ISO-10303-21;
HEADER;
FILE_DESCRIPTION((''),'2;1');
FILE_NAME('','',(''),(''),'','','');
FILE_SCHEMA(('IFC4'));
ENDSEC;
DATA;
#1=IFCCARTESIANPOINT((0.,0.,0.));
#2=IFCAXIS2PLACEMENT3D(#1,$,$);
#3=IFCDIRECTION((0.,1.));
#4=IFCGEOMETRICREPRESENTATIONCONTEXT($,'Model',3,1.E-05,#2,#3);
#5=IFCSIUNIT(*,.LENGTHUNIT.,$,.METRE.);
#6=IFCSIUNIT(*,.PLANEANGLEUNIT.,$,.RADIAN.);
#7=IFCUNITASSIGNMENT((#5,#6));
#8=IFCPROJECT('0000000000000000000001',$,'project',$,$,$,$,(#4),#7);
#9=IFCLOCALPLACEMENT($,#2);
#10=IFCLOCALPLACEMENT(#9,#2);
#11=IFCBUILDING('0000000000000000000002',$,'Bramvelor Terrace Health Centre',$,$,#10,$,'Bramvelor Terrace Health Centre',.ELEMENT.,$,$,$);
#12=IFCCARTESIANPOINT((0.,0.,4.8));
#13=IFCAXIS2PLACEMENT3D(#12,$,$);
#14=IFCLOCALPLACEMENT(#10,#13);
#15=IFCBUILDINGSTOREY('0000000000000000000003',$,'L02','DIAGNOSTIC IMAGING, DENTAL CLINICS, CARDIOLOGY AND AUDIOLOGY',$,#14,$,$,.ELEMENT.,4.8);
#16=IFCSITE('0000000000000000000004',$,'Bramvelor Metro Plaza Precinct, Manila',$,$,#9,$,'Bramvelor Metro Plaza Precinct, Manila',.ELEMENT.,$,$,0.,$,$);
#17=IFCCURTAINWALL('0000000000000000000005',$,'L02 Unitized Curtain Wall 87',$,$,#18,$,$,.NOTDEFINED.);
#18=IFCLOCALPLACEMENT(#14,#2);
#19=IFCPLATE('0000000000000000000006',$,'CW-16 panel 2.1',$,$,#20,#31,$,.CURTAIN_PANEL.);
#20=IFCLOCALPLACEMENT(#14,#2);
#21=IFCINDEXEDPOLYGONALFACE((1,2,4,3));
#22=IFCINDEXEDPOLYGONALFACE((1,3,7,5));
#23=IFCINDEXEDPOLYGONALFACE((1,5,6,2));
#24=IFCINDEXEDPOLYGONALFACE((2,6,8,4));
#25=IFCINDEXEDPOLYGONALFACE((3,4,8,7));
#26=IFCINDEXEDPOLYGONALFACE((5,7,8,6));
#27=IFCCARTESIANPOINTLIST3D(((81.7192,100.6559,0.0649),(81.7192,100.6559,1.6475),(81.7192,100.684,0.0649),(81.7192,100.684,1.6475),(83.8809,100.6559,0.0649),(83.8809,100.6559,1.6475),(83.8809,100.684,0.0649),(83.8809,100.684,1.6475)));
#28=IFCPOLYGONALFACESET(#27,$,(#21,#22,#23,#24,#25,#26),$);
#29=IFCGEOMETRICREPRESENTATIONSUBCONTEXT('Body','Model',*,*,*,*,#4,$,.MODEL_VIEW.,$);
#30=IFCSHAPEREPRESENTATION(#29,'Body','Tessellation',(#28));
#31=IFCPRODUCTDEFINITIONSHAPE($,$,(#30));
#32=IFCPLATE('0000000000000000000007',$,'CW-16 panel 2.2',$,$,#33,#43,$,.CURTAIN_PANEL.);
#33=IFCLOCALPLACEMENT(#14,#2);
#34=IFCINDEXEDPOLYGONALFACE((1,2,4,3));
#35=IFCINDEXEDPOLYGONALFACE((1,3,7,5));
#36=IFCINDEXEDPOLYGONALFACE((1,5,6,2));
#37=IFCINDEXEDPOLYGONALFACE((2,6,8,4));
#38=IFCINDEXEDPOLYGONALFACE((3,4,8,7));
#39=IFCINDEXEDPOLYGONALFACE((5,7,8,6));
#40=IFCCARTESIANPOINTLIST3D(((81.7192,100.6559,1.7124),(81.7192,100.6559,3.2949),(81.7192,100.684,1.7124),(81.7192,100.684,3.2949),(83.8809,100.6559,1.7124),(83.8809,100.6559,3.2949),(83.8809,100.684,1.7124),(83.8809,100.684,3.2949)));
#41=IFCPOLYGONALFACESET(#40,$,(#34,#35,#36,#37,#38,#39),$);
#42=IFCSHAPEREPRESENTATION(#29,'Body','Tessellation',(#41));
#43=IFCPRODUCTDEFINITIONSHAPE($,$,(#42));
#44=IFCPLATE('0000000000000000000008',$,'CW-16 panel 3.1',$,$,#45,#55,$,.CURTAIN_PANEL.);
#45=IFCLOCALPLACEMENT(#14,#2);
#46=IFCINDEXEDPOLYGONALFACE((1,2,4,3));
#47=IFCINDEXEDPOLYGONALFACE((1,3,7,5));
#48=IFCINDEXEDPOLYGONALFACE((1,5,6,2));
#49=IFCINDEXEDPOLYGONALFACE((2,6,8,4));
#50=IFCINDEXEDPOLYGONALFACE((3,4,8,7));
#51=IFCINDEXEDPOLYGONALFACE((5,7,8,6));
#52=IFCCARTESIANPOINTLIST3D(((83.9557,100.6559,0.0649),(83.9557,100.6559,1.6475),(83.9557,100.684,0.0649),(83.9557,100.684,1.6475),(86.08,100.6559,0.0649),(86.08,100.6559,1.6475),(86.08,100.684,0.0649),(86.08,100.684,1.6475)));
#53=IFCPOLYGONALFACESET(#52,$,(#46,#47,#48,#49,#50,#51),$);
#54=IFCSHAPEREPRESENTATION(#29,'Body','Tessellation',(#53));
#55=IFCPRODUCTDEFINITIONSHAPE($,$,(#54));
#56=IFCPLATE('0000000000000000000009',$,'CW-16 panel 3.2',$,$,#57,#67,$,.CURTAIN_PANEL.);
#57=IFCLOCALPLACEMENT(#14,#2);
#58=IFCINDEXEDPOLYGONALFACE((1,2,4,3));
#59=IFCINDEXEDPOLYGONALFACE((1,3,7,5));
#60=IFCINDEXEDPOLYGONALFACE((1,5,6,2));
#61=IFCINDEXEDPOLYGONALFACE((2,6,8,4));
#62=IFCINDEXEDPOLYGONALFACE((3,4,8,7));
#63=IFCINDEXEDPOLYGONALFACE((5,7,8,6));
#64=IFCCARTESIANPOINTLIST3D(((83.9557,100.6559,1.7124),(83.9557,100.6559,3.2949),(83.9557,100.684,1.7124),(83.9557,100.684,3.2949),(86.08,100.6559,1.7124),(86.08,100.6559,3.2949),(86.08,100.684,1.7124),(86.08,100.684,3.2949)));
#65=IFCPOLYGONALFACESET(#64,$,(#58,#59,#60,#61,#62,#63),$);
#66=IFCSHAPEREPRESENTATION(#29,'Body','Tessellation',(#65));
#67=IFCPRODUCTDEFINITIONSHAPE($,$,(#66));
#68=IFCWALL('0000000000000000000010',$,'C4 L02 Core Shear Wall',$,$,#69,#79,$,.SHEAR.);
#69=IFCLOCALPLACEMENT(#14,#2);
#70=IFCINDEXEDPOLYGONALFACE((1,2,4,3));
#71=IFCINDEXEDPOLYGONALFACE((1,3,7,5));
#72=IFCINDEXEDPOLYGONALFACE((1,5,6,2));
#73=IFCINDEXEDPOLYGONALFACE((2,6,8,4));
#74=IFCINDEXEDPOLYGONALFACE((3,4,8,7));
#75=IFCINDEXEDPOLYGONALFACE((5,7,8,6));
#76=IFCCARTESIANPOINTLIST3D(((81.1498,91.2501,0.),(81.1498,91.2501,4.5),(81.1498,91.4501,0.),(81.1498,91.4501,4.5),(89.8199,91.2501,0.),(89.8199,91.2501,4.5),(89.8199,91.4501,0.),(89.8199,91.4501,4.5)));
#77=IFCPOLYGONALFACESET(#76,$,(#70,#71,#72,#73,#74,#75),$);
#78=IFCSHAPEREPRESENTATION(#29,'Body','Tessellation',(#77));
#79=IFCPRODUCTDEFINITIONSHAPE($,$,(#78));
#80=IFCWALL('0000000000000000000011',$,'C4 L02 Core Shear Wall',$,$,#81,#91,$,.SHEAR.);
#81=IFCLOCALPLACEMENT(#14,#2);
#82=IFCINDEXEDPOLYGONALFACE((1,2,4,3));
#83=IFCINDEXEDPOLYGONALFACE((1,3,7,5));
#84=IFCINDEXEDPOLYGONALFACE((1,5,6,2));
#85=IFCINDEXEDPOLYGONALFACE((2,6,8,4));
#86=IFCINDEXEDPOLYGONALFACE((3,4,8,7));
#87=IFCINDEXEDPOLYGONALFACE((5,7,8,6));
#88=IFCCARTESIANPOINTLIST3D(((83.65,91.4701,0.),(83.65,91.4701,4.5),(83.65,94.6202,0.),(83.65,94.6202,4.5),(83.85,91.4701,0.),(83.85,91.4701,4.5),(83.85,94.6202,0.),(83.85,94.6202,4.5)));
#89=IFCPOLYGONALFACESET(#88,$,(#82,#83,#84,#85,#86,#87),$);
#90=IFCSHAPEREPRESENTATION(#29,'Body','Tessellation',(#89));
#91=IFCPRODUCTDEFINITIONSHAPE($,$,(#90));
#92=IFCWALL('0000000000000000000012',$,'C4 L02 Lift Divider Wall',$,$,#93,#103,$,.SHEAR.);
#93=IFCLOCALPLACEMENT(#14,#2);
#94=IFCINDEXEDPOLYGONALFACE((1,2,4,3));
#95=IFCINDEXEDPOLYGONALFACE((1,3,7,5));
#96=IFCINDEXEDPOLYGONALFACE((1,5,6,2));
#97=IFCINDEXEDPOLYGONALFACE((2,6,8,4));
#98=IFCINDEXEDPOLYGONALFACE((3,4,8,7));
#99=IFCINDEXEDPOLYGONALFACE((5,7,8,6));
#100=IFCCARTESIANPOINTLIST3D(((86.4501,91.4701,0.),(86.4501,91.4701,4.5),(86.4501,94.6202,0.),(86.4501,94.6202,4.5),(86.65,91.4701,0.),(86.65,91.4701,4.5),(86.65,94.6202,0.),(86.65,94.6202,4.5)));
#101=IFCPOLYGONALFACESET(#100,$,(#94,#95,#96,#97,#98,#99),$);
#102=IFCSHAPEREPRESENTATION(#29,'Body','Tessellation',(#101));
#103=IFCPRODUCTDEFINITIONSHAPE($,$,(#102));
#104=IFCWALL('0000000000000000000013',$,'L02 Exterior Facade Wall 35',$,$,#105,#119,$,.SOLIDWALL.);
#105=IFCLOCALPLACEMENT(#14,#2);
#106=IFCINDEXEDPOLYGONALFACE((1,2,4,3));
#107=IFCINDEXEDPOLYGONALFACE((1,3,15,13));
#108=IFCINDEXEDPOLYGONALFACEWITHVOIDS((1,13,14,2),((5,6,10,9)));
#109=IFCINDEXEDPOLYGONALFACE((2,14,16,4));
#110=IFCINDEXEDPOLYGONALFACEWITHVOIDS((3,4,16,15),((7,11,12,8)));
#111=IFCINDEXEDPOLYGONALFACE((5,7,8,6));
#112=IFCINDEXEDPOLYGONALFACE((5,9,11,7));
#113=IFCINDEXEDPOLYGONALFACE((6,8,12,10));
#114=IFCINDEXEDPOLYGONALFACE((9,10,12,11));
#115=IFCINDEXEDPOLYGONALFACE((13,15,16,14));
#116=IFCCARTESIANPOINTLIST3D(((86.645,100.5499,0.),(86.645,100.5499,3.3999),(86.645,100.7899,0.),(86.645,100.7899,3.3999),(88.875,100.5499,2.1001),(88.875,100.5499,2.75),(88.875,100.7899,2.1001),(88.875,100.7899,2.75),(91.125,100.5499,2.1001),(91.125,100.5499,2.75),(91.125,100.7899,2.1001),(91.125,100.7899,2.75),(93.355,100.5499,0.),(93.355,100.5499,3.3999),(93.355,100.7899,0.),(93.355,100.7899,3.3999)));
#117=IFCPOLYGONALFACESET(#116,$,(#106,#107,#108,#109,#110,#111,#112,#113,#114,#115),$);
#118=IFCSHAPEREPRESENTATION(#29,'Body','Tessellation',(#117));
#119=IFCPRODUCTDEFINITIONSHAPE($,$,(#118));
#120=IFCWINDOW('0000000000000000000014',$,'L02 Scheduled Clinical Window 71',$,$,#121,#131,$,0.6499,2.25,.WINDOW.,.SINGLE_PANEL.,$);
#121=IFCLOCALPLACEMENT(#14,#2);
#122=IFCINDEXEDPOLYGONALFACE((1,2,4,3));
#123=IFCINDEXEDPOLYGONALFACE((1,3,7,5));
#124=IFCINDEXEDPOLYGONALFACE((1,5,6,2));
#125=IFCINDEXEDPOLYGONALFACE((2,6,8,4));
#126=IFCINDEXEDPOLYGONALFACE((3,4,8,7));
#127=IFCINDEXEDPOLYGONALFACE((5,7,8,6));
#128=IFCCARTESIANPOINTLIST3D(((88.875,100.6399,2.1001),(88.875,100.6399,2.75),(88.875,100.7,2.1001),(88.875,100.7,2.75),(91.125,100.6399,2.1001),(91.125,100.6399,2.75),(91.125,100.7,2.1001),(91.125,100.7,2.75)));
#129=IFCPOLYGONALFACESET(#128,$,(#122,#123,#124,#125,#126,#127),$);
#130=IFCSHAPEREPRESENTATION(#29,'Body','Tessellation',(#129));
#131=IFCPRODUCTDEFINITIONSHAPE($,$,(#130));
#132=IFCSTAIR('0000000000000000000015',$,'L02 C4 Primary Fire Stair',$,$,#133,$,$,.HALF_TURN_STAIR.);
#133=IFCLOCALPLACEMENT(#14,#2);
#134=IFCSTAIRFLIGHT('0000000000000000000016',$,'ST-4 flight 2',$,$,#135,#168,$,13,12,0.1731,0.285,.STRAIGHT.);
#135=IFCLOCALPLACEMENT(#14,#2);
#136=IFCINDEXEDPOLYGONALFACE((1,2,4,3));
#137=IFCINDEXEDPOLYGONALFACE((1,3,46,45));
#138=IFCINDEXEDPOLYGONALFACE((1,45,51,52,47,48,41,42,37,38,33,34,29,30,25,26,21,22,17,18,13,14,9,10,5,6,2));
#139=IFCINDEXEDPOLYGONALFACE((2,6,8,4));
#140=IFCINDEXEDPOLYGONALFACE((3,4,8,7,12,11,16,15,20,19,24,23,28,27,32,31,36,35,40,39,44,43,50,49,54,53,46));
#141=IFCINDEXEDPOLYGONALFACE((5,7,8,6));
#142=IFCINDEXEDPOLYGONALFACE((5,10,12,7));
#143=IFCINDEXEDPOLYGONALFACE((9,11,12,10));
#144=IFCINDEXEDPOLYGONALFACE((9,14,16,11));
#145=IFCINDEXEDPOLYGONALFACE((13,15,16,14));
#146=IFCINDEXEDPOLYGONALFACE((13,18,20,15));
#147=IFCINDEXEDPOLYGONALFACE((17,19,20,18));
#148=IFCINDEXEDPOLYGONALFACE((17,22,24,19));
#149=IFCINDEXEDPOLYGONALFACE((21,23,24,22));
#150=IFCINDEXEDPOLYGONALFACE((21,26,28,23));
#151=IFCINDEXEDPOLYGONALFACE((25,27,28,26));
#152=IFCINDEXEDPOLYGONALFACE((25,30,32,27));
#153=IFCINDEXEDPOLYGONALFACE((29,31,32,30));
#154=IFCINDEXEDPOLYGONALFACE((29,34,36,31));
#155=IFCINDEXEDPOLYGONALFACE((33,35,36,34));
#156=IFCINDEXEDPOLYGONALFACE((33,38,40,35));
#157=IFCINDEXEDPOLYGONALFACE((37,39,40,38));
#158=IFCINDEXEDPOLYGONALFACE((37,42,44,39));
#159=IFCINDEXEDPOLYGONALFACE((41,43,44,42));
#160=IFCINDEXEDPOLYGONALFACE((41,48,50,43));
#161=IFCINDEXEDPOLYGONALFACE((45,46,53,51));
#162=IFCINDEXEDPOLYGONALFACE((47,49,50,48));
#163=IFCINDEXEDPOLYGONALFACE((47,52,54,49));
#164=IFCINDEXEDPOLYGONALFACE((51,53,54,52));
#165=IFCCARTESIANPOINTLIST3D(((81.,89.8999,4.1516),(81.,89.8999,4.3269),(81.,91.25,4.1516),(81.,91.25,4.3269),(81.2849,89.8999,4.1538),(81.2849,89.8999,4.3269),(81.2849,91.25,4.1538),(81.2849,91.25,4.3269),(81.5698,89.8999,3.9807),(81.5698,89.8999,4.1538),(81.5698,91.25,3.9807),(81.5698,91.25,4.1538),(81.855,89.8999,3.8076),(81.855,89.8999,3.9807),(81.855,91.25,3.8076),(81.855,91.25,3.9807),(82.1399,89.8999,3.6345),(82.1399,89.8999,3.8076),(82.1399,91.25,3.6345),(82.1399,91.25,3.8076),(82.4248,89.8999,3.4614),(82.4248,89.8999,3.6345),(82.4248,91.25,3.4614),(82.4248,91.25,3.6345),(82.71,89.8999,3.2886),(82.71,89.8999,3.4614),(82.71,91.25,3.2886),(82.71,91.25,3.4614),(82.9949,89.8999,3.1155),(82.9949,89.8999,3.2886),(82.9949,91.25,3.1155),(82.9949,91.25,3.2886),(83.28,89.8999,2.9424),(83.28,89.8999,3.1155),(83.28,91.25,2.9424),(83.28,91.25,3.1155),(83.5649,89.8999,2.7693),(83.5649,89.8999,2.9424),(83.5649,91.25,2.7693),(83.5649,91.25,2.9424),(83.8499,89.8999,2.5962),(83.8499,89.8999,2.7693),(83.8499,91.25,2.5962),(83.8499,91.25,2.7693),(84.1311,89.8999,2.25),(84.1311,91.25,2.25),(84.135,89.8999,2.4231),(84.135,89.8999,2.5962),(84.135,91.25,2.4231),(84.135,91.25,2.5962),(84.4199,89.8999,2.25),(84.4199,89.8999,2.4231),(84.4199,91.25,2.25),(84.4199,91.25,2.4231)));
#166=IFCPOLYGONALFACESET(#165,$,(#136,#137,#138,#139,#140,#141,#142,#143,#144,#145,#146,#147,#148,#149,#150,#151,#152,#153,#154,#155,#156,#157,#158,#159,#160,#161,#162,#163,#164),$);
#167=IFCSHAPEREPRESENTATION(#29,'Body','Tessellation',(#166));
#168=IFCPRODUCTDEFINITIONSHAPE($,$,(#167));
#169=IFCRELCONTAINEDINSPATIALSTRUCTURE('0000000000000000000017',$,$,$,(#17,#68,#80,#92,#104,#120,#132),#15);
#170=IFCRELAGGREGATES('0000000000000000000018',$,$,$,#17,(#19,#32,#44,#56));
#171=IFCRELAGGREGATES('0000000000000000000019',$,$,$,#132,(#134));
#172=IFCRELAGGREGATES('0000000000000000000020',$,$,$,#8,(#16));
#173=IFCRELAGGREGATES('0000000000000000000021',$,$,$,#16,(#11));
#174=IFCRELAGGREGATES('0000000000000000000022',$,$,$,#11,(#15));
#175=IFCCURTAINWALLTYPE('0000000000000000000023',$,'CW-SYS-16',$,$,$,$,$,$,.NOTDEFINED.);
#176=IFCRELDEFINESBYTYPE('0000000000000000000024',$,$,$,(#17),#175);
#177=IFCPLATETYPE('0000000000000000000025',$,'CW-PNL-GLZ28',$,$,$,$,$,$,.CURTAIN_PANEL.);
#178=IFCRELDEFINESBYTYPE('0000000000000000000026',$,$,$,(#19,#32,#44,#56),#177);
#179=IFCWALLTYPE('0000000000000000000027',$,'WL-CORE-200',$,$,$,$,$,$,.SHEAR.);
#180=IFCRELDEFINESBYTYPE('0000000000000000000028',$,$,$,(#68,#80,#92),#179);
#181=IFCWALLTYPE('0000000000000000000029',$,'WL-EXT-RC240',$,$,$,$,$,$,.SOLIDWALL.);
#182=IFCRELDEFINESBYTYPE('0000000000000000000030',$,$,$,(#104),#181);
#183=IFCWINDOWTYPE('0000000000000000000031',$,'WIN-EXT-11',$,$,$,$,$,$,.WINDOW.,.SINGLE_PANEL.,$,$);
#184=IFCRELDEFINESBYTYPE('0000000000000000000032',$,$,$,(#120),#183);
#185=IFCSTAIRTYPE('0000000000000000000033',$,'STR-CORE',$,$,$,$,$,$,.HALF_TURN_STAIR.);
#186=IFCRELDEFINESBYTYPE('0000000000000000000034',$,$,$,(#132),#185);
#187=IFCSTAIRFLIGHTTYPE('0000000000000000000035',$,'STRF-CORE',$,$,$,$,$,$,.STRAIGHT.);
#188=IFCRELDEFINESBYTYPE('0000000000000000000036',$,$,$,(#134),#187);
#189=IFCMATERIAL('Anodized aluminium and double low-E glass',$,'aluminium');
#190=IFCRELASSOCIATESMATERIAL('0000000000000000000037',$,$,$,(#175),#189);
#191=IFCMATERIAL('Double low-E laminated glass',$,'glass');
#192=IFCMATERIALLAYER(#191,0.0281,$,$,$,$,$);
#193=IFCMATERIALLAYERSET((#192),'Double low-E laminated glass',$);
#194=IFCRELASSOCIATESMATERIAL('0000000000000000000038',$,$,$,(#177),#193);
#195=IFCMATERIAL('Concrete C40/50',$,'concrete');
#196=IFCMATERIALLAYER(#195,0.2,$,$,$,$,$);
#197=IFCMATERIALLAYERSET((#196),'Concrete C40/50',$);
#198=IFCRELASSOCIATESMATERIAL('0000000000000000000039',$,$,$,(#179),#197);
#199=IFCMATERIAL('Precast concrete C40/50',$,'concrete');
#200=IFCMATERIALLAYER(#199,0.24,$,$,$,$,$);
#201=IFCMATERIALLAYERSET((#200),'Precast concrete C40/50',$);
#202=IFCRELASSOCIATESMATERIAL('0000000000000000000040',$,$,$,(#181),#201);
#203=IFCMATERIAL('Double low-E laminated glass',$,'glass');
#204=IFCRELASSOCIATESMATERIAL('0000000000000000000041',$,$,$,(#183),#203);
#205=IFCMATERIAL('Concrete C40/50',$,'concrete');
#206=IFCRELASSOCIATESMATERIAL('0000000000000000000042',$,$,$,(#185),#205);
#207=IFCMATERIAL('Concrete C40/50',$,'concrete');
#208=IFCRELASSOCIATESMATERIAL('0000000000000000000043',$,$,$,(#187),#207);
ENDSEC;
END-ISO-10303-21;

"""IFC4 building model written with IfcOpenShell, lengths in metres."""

from ifc_helpers import new_model, si_unit, direction, frame, frame_2d, origin, origin_2d, place, context, subcontext, project, spatial, polyline, rectangle, outline, extrude, material, layer, layer_set, type_object, element, fill, aggregate, save


model = new_model("IFC4")

# Units and contexts
model_context = context("Model", 3, precision=1e-05, world=origin(), true_north=direction((0.0, 1.0)))
body_context = subcontext(model_context, "Body", "Model", "MODEL_VIEW")
ifc_project = project(units=[si_unit("LENGTHUNIT", "METRE"), si_unit("PLANEANGLEUNIT", "RADIAN")], contexts=[model_context])

# Site, building, storey
site_placement = place(None, origin())
site = spatial("IfcSite", under=ifc_project, at=site_placement, Name="Bramvelor Metro Plaza Precinct, Manila", LongName="Bramvelor Metro Plaza Precinct, Manila", CompositionType="ELEMENT", RefElevation=0.0)
building_placement = place(site_placement, origin())
building = spatial("IfcBuilding", under=site, at=building_placement, Name="Bramvelor Terrace Health Centre", LongName="Bramvelor Terrace Health Centre", CompositionType="ELEMENT")
storey_placement = place(building_placement, frame((0.0, 0.0, 4.8)))
storey = spatial("IfcBuildingStorey", under=building, at=storey_placement, Name="L02", Description="DIAGNOSTIC IMAGING, DENTAL CLINICS, CARDIOLOGY AND AUDIOLOGY", CompositionType="ELEMENT", Elevation=4.8)

# Curtain wall, plates
ifc_material_1 = material(Name="Anodized aluminium and double low-E glass", Category="aluminium")
curtain_wall_type = type_object("IfcCurtainWallType", Name="CW-SYS-16", PredefinedType="NOTDEFINED", material=ifc_material_1)
curtain_wall_placement = place(storey_placement, origin())
curtain_wall = element("IfcCurtainWall", 1, at=curtain_wall_placement, inside=storey, type_object=curtain_wall_type, Name="L02 Unitized Curtain Wall 87", PredefinedType="NOTDEFINED")
ifc_material_2 = material(Name="Double low-E laminated glass", Category="glass")
ifc_layer_1 = layer(ifc_material_2, 0.0281)
ifc_layer_set_1 = layer_set([ifc_layer_1], Name="Double low-E laminated glass")
plate_type = type_object("IfcPlateType", Name="CW-PNL-GLZ28", PredefinedType="CURTAIN_PANEL", material=ifc_layer_set_1)
plate_1_placement = place(storey_placement, frame((82.8, 100.6699, 0.0649), z_axis=(0.0, 0.0, 1.0), x_axis=(1.0, 0.0, 0.0)))
plate_1 = element("IfcPlate", 2, at=plate_1_placement, type_object=plate_type, Name="CW-16 panel 2.1", PredefinedType="CURTAIN_PANEL", context=body_context, shape_type="SweptSolid", body=[
    extrude(rectangle(XDim=2.1616, YDim=0.0281, at=origin_2d()), origin(), (0.0, 0.0, 1.0), 1.5825),
])
plate_2_placement = place(storey_placement, frame((82.8, 100.6699, 1.7124), z_axis=(0.0, 0.0, 1.0), x_axis=(1.0, 0.0, 0.0)))
plate_2 = element("IfcPlate", 3, at=plate_2_placement, type_object=plate_type, Name="CW-16 panel 2.2", PredefinedType="CURTAIN_PANEL", context=body_context, shape_type="SweptSolid", body=[
    extrude(rectangle(XDim=2.1616, YDim=0.0281, at=origin_2d()), origin(), (0.0, 0.0, 1.0), 1.5825),
])
plate_3_placement = place(storey_placement, frame((85.0178, 100.6699, 0.0649), z_axis=(0.0, 0.0, 1.0), x_axis=(1.0, 0.0, 0.0)))
plate_3 = element("IfcPlate", 4, at=plate_3_placement, type_object=plate_type, Name="CW-16 panel 3.1", PredefinedType="CURTAIN_PANEL", context=body_context, shape_type="SweptSolid", body=[
    extrude(rectangle(XDim=2.1243, YDim=0.0281, at=origin_2d()), origin(), (0.0, 0.0, 1.0), 1.5825),
])
plate_4_placement = place(storey_placement, frame((85.0178, 100.6699, 1.7124), z_axis=(0.0, 0.0, 1.0), x_axis=(1.0, 0.0, 0.0)))
plate_4 = element("IfcPlate", 5, at=plate_4_placement, type_object=plate_type, Name="CW-16 panel 3.2", PredefinedType="CURTAIN_PANEL", context=body_context, shape_type="SweptSolid", body=[
    extrude(rectangle(XDim=2.1243, YDim=0.0281, at=origin_2d()), origin(), (0.0, 0.0, 1.0), 1.5825),
])
aggregate(curtain_wall, [plate_1, plate_2, plate_3, plate_4])

# Walls
ifc_material_3 = material(Name="Concrete C40/50", Category="concrete")
ifc_layer_2 = layer(ifc_material_3, 0.2)
ifc_layer_set_2 = layer_set([ifc_layer_2], Name="Concrete C40/50")
wall_type_1 = type_object("IfcWallType", Name="WL-CORE-200", PredefinedType="SHEAR", material=ifc_layer_set_2)
wall_1_placement = place(storey_placement, frame((81.1499, 91.3501, 0.0), z_axis=(0.0, 0.0, 1.0), x_axis=(1.0, 0.0, 0.0)))
element("IfcWall", 6, at=wall_1_placement, inside=storey, type_object=wall_type_1, Name="C4 L02 Core Shear Wall", PredefinedType="SHEAR", context=body_context, shape_type="SweptSolid", body=[
    extrude(rectangle(XDim=8.6702, YDim=0.2, at=frame_2d((4.335, 0.0))), origin(), (0.0, 0.0, 1.0), 4.5),
])
for number, where, z_axis, x_axis, name in (
    (7, (83.75, 91.47, 0.0), (0.0, 0.0, 1.0), (0.0, 1.0, 0.0), "C4 L02 Core Shear Wall"),
    (8, (86.55, 91.47, 0.0), (0.0, 0.0, 1.0), (0.0, 1.0, 0.0), "C4 L02 Lift Divider Wall"),
):
    element("IfcWall", number, at=place(storey_placement, frame(where, z_axis=z_axis, x_axis=x_axis)), inside=storey, type_object=wall_type_1, Name=name, PredefinedType="SHEAR", context=body_context, shape_type="SweptSolid", body=[
        extrude(rectangle(XDim=3.1501, YDim=0.2, at=frame_2d((1.5752, 0.0))), origin(), (0.0, 0.0, 1.0), 4.5),
    ])

# Wall, opening, window
ifc_material_4 = material(Name="Precast concrete C40/50", Category="concrete")
ifc_layer_3 = layer(ifc_material_4, 0.24)
ifc_layer_set_3 = layer_set([ifc_layer_3], Name="Precast concrete C40/50")
wall_type_2 = type_object("IfcWallType", Name="WL-EXT-RC240", PredefinedType="SOLIDWALL", material=ifc_layer_set_3)
wall_2_placement = place(storey_placement, frame((86.645, 100.6699, 0.0), z_axis=(0.0, 0.0, 1.0), x_axis=(1.0, 0.0, 0.0)))
wall_2 = element("IfcWall", 9, at=wall_2_placement, inside=storey, type_object=wall_type_2, Name="L02 Exterior Facade Wall 35", PredefinedType="SOLIDWALL", context=body_context, shape_type="SweptSolid", body=[
    extrude(rectangle(XDim=6.71, YDim=0.24, at=frame_2d((3.355, 0.0))), origin(), (0.0, 0.0, 1.0), 3.3999),
])
opening_placement = place(wall_2_placement, frame((2.23, 0.0, 2.1001)))
opening = element("IfcOpeningElement", 10, at=opening_placement, cuts=wall_2, PredefinedType="OPENING", context=body_context, shape_type="SweptSolid", body=[
    extrude(rectangle(XDim=2.25, YDim=0.6499, at=frame_2d((1.125, 0.325))), frame((0.0, 0.1299, 0.0), z_axis=(0.0, -1.0, 0.0), x_axis=(1.0, 0.0, 0.0)), (0.0, 0.0, 1.0), 0.26),
])
ifc_material_5 = material(Name="Double low-E laminated glass", Category="glass")
window_type = type_object("IfcWindowType", Name="WIN-EXT-11", PartitioningType="SINGLE_PANEL", PredefinedType="WINDOW", material=ifc_material_5)
window_placement = place(opening_placement, origin())
window = element("IfcWindow", 11, at=window_placement, inside=storey, type_object=window_type, Name="L02 Scheduled Clinical Window 71", OverallHeight=0.6499, OverallWidth=2.25, PartitioningType="SINGLE_PANEL", PredefinedType="WINDOW", context=body_context, shape_type="SweptSolid", body=[
    extrude(rectangle(XDim=2.25, YDim=0.6499, at=frame_2d((1.125, 0.325))), frame((0.0, 0.03, 0.0), z_axis=(0.0, -1.0, 0.0), x_axis=(1.0, 0.0, 0.0)), (0.0, 0.0, 1.0), 0.0601),
])
fill(opening, window)

# Stair, stair flight
ifc_material_6 = material(Name="Concrete C40/50", Category="concrete")
stair_type = type_object("IfcStairType", Name="STR-CORE", PredefinedType="HALF_TURN_STAIR", material=ifc_material_6)
stair_placement = place(storey_placement, origin())
stair = element("IfcStair", 12, at=stair_placement, inside=storey, type_object=stair_type, Name="L02 C4 Primary Fire Stair", PredefinedType="HALF_TURN_STAIR")
ifc_material_7 = material(Name="Concrete C40/50", Category="concrete")
stair_flight_type = type_object("IfcStairFlightType", Name="STRF-CORE", PredefinedType="STRAIGHT", material=ifc_material_7)
stair_flight_placement = place(storey_placement, frame((84.4199, 90.575, 2.25), z_axis=(0.0, 0.0, 1.0), x_axis=(-1.0, 0.0, 0.0)))
stair_flight = element("IfcStairFlight", 13, at=stair_flight_placement, type_object=stair_flight_type, Name="ST-4 flight 2", NumberOfRisers=13, NumberOfTreads=12, PredefinedType="STRAIGHT", RiserHeight=0.1731, TreadLength=0.285, context=body_context, shape_type="SweptSolid", body=[
    extrude(outline(polyline([(0.0, 0.0), (0.0, 0.1731), (0.2849, 0.1731), (0.2849, 0.3462), (0.5701, 0.3462), (0.5701, 0.5193), (0.855, 0.5193), (0.855, 0.6924), (1.1399, 0.6924), (1.1399, 0.8655), (1.425, 0.8655), (1.425, 1.0386), (1.71, 1.0386), (1.71, 1.2114), (1.9951, 1.2114), (1.9951, 1.3845), (2.28, 1.3845), (2.28, 1.5576), (2.5649, 1.5576), (2.5649, 1.7307), (2.8501, 1.7307), (2.8501, 1.9038), (3.135, 1.9038), (3.135, 2.0769), (3.4199, 2.0769), (3.4199, 2.25), (3.4199, 1.9016), (0.2888, 0.0), (0.0, 0.0)])), frame((0.0, 0.675, 0.0), z_axis=(0.0, -1.0, 0.0), x_axis=(1.0, 0.0, 0.0)), (0.0, 0.0, 1.0), 1.3501),
])
aggregate(stair, [stair_flight])

save(model, "model.ifc")
